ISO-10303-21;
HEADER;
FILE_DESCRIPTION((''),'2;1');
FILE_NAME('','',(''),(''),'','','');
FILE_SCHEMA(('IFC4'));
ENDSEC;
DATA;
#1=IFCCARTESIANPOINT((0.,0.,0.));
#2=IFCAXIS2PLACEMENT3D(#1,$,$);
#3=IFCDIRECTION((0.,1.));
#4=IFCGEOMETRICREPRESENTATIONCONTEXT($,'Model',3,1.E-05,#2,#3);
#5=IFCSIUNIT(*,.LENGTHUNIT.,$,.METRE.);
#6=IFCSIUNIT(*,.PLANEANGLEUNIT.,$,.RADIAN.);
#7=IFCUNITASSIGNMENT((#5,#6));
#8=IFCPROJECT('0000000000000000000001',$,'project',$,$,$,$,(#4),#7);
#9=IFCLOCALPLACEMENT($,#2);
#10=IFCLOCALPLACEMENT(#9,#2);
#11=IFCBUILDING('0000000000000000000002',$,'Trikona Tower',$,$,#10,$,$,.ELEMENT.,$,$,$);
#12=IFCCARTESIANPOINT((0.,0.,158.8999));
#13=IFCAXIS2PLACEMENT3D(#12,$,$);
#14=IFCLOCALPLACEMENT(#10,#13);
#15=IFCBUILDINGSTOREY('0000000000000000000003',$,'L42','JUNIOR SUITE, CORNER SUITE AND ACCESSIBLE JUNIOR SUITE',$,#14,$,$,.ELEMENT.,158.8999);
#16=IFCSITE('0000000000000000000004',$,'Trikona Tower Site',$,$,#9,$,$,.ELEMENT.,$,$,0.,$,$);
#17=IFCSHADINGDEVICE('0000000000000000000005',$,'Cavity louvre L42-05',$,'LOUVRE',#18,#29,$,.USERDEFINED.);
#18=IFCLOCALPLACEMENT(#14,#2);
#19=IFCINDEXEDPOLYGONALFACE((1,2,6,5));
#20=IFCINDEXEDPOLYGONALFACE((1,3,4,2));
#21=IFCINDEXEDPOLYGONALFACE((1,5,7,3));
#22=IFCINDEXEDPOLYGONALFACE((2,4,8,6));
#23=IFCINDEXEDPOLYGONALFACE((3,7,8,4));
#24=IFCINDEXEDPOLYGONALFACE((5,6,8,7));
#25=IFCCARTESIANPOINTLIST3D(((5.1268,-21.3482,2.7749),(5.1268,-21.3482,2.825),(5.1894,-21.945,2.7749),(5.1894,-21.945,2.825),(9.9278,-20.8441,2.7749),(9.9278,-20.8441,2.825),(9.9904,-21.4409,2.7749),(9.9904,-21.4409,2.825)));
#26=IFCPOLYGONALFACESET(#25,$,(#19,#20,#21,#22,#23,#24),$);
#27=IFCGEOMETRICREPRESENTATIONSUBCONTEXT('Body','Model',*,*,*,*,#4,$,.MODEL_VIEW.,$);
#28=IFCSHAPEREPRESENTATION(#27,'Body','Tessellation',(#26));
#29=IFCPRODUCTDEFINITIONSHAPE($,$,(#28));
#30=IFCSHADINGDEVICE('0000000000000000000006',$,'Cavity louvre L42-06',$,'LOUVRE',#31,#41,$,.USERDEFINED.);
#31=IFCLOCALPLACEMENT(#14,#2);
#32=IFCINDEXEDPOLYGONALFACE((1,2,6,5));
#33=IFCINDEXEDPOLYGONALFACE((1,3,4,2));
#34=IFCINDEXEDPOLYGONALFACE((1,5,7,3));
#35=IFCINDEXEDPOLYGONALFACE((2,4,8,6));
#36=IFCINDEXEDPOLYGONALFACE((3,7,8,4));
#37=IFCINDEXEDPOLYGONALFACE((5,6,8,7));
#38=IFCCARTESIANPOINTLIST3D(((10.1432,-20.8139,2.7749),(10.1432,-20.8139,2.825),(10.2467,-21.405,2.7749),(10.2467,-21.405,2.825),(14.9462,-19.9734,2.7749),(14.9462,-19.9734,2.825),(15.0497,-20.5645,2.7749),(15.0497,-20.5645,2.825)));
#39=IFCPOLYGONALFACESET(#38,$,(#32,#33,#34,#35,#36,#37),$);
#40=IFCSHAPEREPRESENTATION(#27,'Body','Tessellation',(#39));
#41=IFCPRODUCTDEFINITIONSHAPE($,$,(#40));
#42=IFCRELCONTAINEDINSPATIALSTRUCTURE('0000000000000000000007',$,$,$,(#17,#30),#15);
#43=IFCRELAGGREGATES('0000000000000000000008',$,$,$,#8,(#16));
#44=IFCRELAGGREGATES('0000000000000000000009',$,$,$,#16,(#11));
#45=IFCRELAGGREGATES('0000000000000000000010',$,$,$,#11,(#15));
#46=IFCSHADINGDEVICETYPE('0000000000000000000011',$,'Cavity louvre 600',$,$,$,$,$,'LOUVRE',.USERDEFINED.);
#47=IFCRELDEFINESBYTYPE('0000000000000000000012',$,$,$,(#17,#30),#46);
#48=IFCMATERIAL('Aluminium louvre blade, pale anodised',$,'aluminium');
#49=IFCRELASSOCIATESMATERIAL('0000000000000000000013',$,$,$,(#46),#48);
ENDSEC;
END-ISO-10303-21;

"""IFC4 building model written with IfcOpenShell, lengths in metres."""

from ifc_helpers import new_model, si_unit, direction, frame, origin, origin_2d, place, context, subcontext, project, spatial, rectangle, extrude, material, type_object, element, save


model = new_model("IFC4")

# Units and contexts
model_context = context("Model", 3, precision=1e-05, world=origin(), true_north=direction((0.0, 1.0)))
body_context = subcontext(model_context, "Body", "Model", "MODEL_VIEW")
ifc_project = project(units=[si_unit("LENGTHUNIT", "METRE"), si_unit("PLANEANGLEUNIT", "RADIAN")], contexts=[model_context])

# Site, building, storey
site_placement = place(None, origin())
site = spatial("IfcSite", under=ifc_project, at=site_placement, Name="Trikona Tower Site", CompositionType="ELEMENT", RefElevation=0.0)
building_placement = place(site_placement, origin())
building = spatial("IfcBuilding", under=site, at=building_placement, Name="Trikona Tower", CompositionType="ELEMENT")
storey_placement = place(building_placement, frame((0.0, 0.0, 158.8999)))
storey = spatial("IfcBuildingStorey", under=building, at=storey_placement, Name="L42", Description="JUNIOR SUITE, CORNER SUITE AND ACCESSIBLE JUNIOR SUITE", CompositionType="ELEMENT", Elevation=158.8999)

# Shading devices
ifc_material_1 = material(Name="Aluminium louvre blade, pale anodised", Category="aluminium")
shading_device_type = type_object("IfcShadingDeviceType", Name="Cavity louvre 600", ElementType="LOUVRE", PredefinedType="USERDEFINED", material=ifc_material_1)
shading_device_1_placement = place(storey_placement, frame((7.5586, -21.3945, 2.7749), z_axis=(0.0, 0.0, 1.0), x_axis=(0.994533, 0.104426, 0.0)))
element("IfcShadingDevice", 1, at=shading_device_1_placement, inside=storey, type_object=shading_device_type, Name="Cavity louvre L42-05", ObjectType="LOUVRE", PredefinedType="USERDEFINED", context=body_context, shape_type="SweptSolid", body=[
    extrude(rectangle(XDim=4.8274, YDim=0.6001, at=origin_2d()), origin(), (0.0, 0.0, 1.0), 0.05),
])
shading_device_2_placement = place(storey_placement, frame((12.5964, -20.6892, 2.7749), z_axis=(0.0, 0.0, 1.0), x_axis=(0.985031, 0.17238, 0.0)))
element("IfcShadingDevice", 2, at=shading_device_2_placement, inside=storey, type_object=shading_device_type, Name="Cavity louvre L42-06", ObjectType="LOUVRE", PredefinedType="USERDEFINED", context=body_context, shape_type="SweptSolid", body=[
    extrude(rectangle(XDim=4.876, YDim=0.6001, at=origin_2d()), origin(), (0.0, 0.0, 1.0), 0.05),
])

save(model, "model.ifc")
